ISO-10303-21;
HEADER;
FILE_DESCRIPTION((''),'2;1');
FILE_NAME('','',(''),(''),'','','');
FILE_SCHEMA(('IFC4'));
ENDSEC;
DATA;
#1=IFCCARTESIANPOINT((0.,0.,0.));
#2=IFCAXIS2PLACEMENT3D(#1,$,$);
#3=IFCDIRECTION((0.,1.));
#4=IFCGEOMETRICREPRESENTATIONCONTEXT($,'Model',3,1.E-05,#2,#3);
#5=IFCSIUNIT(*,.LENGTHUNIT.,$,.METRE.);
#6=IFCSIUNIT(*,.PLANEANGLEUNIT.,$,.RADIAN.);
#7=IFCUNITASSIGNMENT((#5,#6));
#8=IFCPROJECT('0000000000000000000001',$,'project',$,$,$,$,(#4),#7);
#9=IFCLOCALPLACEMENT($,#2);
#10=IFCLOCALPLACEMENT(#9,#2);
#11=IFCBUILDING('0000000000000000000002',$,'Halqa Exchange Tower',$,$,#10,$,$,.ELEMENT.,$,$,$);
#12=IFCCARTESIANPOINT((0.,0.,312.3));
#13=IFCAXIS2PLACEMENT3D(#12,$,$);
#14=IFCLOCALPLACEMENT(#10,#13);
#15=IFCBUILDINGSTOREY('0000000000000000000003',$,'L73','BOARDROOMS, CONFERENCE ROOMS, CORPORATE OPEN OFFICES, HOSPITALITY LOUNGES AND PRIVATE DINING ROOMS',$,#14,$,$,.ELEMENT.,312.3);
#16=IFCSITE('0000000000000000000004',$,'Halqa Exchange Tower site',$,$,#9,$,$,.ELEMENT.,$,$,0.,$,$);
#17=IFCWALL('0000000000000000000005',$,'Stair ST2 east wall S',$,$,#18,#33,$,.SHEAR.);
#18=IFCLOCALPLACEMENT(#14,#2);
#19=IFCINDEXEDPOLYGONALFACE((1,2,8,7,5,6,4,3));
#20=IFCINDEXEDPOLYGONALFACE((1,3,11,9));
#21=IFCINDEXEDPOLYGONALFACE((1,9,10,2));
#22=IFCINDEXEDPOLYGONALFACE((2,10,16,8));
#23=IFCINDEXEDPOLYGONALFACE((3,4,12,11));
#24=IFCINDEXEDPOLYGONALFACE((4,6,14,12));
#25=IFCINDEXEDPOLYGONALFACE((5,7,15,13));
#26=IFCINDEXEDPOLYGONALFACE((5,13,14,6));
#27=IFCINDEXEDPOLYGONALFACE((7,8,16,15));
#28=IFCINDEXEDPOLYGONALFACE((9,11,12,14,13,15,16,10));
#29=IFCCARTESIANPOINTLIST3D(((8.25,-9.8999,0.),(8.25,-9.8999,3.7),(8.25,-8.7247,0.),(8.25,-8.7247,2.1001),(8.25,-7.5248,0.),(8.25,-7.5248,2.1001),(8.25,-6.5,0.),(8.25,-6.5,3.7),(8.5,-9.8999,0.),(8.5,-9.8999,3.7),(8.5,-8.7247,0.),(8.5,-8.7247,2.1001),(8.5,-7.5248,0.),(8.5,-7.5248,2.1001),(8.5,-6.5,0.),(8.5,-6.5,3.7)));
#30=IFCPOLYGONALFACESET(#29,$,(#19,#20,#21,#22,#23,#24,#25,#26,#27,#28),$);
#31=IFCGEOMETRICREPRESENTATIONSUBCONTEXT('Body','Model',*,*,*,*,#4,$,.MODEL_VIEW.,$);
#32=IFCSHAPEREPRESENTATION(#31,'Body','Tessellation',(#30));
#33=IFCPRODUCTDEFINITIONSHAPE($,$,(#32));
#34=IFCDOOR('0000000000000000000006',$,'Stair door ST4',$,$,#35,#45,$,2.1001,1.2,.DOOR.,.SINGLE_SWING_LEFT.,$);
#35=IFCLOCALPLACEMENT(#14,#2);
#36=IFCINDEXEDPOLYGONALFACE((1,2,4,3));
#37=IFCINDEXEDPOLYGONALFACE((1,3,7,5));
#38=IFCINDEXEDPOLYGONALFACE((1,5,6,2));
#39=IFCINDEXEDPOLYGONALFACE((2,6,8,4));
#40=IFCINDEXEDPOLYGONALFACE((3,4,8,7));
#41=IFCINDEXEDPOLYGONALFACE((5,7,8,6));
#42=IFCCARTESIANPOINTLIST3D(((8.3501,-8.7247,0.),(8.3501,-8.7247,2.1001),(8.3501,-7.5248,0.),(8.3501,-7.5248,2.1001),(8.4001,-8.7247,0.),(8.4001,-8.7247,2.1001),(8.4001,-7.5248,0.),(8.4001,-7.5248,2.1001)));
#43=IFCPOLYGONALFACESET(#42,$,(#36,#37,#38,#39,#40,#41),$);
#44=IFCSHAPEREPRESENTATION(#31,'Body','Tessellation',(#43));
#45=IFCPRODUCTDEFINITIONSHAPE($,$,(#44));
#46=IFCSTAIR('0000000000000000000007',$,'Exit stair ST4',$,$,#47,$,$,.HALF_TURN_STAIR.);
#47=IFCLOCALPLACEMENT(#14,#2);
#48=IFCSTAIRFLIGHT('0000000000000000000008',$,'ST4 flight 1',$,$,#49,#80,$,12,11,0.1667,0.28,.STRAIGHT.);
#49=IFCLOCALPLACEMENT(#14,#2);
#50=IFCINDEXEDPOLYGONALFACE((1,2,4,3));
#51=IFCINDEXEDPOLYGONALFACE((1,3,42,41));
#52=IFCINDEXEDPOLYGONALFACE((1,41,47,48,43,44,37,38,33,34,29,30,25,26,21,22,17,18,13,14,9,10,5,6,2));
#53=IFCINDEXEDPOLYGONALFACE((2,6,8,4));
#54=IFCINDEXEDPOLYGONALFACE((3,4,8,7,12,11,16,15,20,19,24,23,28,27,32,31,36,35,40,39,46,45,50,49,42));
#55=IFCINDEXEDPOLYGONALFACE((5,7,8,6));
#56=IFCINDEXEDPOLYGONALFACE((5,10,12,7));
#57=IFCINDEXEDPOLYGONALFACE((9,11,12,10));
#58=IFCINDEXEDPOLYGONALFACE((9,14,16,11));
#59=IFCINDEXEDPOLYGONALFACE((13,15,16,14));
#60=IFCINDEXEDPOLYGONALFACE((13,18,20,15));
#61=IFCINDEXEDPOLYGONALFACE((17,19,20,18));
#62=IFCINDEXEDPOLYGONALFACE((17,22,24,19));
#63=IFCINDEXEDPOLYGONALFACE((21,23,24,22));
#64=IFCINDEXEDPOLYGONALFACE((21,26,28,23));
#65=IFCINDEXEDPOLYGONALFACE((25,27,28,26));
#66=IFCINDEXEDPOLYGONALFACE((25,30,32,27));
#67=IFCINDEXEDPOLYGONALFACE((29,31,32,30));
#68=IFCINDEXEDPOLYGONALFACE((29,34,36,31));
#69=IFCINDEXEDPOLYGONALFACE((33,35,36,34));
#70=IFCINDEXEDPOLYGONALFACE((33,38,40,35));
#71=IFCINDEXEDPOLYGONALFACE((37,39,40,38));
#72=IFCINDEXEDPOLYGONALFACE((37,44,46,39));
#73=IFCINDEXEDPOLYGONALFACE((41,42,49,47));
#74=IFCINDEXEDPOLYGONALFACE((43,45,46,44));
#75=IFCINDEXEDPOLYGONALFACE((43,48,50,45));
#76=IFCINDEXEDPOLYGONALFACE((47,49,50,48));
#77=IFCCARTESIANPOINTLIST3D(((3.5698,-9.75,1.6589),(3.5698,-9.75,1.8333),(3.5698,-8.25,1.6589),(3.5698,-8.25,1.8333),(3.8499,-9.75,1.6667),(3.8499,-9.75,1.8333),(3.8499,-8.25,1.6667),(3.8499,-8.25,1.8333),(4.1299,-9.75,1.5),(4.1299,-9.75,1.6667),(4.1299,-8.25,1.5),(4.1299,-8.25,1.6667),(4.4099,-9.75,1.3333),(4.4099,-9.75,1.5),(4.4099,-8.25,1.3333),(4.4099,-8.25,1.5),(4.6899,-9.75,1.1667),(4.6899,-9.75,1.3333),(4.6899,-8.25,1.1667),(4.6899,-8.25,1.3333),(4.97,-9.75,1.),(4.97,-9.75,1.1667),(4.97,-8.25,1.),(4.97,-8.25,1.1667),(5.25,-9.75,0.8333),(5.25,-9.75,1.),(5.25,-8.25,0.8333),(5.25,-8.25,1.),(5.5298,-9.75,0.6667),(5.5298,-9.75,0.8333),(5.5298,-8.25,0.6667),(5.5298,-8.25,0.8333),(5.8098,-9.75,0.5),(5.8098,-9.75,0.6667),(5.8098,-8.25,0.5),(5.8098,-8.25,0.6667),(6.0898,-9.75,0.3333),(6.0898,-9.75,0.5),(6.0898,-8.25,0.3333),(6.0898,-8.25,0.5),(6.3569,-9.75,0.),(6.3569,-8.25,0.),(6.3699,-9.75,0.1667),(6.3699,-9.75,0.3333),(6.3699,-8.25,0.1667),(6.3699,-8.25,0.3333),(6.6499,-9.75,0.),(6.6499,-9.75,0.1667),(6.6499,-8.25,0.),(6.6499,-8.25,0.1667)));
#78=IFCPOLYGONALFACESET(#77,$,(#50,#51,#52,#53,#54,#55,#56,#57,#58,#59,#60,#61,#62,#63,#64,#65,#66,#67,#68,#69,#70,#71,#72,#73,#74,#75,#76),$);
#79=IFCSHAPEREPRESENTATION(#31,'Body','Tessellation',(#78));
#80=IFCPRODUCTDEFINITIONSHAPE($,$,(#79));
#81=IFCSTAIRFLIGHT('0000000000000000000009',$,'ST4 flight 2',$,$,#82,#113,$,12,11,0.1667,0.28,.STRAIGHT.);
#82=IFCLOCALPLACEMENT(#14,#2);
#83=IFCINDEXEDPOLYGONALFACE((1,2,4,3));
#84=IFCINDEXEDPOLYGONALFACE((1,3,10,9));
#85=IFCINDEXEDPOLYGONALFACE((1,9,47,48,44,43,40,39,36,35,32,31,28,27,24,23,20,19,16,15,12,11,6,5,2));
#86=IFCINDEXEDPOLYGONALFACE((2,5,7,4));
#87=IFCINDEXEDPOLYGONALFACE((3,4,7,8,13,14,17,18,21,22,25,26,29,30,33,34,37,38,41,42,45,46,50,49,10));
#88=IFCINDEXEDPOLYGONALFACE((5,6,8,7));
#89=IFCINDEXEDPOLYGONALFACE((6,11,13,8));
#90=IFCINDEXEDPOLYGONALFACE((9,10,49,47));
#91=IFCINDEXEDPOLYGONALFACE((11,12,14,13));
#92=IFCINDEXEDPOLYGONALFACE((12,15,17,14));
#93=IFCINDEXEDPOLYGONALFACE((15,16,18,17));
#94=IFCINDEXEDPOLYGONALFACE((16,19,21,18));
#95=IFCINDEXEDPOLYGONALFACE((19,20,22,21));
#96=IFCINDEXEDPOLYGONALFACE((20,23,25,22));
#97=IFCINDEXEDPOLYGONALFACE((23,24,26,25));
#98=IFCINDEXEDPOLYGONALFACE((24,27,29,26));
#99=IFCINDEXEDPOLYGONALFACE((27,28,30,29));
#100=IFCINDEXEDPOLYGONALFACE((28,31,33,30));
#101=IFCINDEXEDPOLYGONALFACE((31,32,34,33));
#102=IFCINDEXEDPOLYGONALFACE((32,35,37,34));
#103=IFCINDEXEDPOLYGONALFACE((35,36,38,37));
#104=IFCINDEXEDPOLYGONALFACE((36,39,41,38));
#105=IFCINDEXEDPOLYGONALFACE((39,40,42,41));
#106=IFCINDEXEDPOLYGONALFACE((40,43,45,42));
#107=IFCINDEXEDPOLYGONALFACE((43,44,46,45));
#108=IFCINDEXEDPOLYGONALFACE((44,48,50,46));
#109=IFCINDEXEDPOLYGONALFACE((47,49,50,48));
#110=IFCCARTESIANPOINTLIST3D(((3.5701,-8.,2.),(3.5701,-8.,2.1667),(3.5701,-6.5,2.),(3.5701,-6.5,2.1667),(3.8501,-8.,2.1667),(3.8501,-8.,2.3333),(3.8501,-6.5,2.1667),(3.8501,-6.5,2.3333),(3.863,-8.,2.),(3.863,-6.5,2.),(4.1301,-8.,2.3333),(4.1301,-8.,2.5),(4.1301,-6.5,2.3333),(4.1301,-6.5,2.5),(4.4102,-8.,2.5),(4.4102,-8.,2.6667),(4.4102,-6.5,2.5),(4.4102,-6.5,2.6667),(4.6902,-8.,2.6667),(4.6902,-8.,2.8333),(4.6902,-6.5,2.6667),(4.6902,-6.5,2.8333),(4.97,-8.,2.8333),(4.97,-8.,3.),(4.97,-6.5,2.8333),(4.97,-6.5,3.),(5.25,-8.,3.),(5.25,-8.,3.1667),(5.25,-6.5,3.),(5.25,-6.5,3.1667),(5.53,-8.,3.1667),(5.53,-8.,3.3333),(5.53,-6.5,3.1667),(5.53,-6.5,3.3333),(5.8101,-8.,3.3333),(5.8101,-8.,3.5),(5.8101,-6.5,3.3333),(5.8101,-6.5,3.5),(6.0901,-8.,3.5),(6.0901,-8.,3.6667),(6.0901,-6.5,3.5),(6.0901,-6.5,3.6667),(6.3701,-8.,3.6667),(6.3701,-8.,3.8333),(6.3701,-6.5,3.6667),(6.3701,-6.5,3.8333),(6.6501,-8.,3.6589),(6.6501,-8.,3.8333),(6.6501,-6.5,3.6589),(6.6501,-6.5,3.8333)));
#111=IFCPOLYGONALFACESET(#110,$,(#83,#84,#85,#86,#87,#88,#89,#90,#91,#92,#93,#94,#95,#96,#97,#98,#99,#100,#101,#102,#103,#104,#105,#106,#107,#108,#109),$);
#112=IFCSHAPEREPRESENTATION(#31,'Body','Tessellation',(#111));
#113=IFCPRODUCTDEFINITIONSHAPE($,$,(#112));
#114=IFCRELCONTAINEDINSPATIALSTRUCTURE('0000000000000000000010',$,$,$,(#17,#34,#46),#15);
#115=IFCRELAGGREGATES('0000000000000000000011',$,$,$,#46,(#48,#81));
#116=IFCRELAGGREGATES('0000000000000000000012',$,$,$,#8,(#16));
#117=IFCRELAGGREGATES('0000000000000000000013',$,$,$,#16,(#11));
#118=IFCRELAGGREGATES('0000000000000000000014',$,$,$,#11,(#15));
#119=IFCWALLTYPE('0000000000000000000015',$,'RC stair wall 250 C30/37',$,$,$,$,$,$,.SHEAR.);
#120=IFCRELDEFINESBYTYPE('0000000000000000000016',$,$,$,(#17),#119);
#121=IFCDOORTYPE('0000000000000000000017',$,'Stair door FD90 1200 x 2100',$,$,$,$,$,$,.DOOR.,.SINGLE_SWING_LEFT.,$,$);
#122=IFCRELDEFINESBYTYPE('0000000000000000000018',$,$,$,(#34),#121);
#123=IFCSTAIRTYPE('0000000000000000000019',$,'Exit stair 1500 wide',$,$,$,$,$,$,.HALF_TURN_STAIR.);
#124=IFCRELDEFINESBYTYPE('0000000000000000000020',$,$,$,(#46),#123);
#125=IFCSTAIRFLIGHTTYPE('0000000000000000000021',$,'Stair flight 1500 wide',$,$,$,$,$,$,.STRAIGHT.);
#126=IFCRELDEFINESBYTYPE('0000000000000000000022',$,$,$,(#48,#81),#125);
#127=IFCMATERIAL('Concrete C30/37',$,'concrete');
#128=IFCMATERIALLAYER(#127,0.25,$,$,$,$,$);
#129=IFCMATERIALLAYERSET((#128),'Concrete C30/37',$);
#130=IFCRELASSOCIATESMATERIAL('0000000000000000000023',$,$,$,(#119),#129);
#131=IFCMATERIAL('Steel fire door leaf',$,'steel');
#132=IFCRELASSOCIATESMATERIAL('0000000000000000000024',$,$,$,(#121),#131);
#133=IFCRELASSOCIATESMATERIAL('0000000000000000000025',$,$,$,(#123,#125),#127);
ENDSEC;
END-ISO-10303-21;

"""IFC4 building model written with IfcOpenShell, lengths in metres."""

from ifc_helpers import new_model, si_unit, direction, frame, frame_2d, origin, place, context, subcontext, project, spatial, polyline, rectangle, outline, extrude, material, layer, layer_set, type_object, element, fill, aggregate, save


model = new_model("IFC4")

# Units and contexts
model_context = context("Model", 3, precision=1e-05, world=origin(), true_north=direction((0.0, 1.0)))
body_context = subcontext(model_context, "Body", "Model", "MODEL_VIEW")
ifc_project = project(units=[si_unit("LENGTHUNIT", "METRE"), si_unit("PLANEANGLEUNIT", "RADIAN")], contexts=[model_context])

# Site, building, storey
site_placement = place(None, origin())
site = spatial("IfcSite", under=ifc_project, at=site_placement, Name="Halqa Exchange Tower site", CompositionType="ELEMENT", RefElevation=0.0)
building_placement = place(site_placement, origin())
building = spatial("IfcBuilding", under=site, at=building_placement, Name="Halqa Exchange Tower", CompositionType="ELEMENT")
storey_placement = place(building_placement, frame((0.0, 0.0, 312.3)))
storey = spatial("IfcBuildingStorey", under=building, at=storey_placement, Name="L73", Description="BOARDROOMS, CONFERENCE ROOMS, CORPORATE OPEN OFFICES, HOSPITALITY LOUNGES AND PRIVATE DINING ROOMS", CompositionType="ELEMENT", Elevation=312.3)

# Shared definitions
ifc_material_1 = material(Name="Concrete C30/37", Category="concrete")

# Wall, opening, door
ifc_layer_1 = layer(ifc_material_1, 0.25)
ifc_layer_set_1 = layer_set([ifc_layer_1], Name="Concrete C30/37")
wall_type_1 = type_object("IfcWallType", Name="RC stair wall 250 C30/37", PredefinedType="SHEAR", material=ifc_layer_set_1)
wall_1_placement = place(storey_placement, frame((8.375, -9.8999, 0.0), z_axis=(0.0, 0.0, 1.0), x_axis=(0.0, 1.0, 0.0)))
wall_1 = element("IfcWall", 1, at=wall_1_placement, inside=storey, type_object=wall_type_1, Name="Stair ST2 east wall S", PredefinedType="SHEAR", context=body_context, shape_type="SweptSolid", body=[
    extrude(rectangle(XDim=3.3999, YDim=0.25, at=frame_2d((1.7, 0.0))), origin(), (0.0, 0.0, 1.0), 3.7),
])
opening_placement = place(wall_1_placement, frame((1.175, 0.0, 0.0)))
opening = element("IfcOpeningElement", 2, at=opening_placement, cuts=wall_1, PredefinedType="OPENING", context=body_context, shape_type="SweptSolid", body=[
    extrude(rectangle(XDim=1.2, YDim=2.1001, at=frame_2d((0.6001, 1.05))), frame((0.0, 0.137, 0.0), z_axis=(0.0, -1.0, 0.0), x_axis=(1.0, 0.0, 0.0)), (0.0, 0.0, 1.0), 0.2739),
])
ifc_material_2 = material(Name="Steel fire door leaf", Category="steel")
door_type = type_object("IfcDoorType", Name="Stair door FD90 1200 x 2100", OperationType="SINGLE_SWING_LEFT", PredefinedType="DOOR", material=ifc_material_2)
door_placement = place(opening_placement, origin())
door = element("IfcDoor", 3, at=door_placement, inside=storey, type_object=door_type, Name="Stair door ST4", OperationType="SINGLE_SWING_LEFT", OverallHeight=2.1001, OverallWidth=1.2, PredefinedType="DOOR", context=body_context, shape_type="SweptSolid", body=[
    extrude(rectangle(XDim=1.2, YDim=2.1001, at=frame_2d((0.6001, 1.05))), frame((0.0, 0.0249, 0.0), z_axis=(0.0, -1.0, 0.0), x_axis=(1.0, 0.0, 0.0)), (0.0, 0.0, 1.0), 0.05),
])
fill(opening, door)

# Stair, stair flights
stair_type = type_object("IfcStairType", Name="Exit stair 1500 wide", PredefinedType="HALF_TURN_STAIR", material=ifc_material_1)
stair_placement = place(storey_placement, origin())
stair = element("IfcStair", 4, at=stair_placement, inside=storey, type_object=stair_type, Name="Exit stair ST4", PredefinedType="HALF_TURN_STAIR")
stair_flight_type = type_object("IfcStairFlightType", Name="Stair flight 1500 wide", PredefinedType="STRAIGHT", material=ifc_material_1)
stair_flight_1_placement = place(storey_placement, frame((6.6499, -9.0, 0.0), z_axis=(0.0, 0.0, 1.0), x_axis=(-1.0, 0.0, 0.0)))
stair_flight_1 = element("IfcStairFlight", 5, at=stair_flight_1_placement, type_object=stair_flight_type, Name="ST4 flight 1", NumberOfRisers=12, NumberOfTreads=11, PredefinedType="STRAIGHT", RiserHeight=0.1667, TreadLength=0.28, context=body_context, shape_type="SweptSolid", body=[
    extrude(outline(polyline([(0.0, 0.0), (0.0, 0.1667), (0.28, 0.1667), (0.28, 0.3333), (0.5601, 0.3333), (0.5601, 0.5), (0.8401, 0.5), (0.8401, 0.6667), (1.1201, 0.6667), (1.1201, 0.8333), (1.3999, 0.8333), (1.3999, 1.0), (1.6799, 1.0), (1.6799, 1.1667), (1.96, 1.1667), (1.96, 1.3333), (2.24, 1.3333), (2.24, 1.5), (2.52, 1.5), (2.52, 1.6667), (2.8, 1.6667), (2.8, 1.8333), (3.0801, 1.8333), (3.0801, 2.0), (3.0801, 1.6589), (0.293, 0.0), (0.0, 0.0)])), frame((0.0, 0.75, 0.0), z_axis=(0.0, -1.0, 0.0), x_axis=(1.0, 0.0, 0.0)), (0.0, 0.0, 1.0), 1.5),
])
stair_flight_2_placement = place(storey_placement, frame((3.5701, -7.25, 2.0), z_axis=(0.0, 0.0, 1.0), x_axis=(1.0, 0.0, 0.0)))
stair_flight_2 = element("IfcStairFlight", 6, at=stair_flight_2_placement, type_object=stair_flight_type, Name="ST4 flight 2", NumberOfRisers=12, NumberOfTreads=11, PredefinedType="STRAIGHT", RiserHeight=0.1667, TreadLength=0.28, context=body_context, shape_type="SweptSolid", body=[
    extrude(outline(polyline([(0.0, 0.0), (0.0, 0.1667), (0.28, 0.1667), (0.28, 0.3333), (0.5601, 0.3333), (0.5601, 0.5), (0.8401, 0.5), (0.8401, 0.6667), (1.1201, 0.6667), (1.1201, 0.8333), (1.3999, 0.8333), (1.3999, 1.0), (1.6799, 1.0), (1.6799, 1.1667), (1.96, 1.1667), (1.96, 1.3333), (2.24, 1.3333), (2.24, 1.5), (2.52, 1.5), (2.52, 1.6667), (2.8, 1.6667), (2.8, 1.8333), (3.0801, 1.8333), (3.0801, 2.0), (3.0801, 1.6589), (0.293, 0.0), (0.0, 0.0)])), frame((0.0, 0.75, 0.0), z_axis=(0.0, -1.0, 0.0), x_axis=(1.0, 0.0, 0.0)), (0.0, 0.0, 1.0), 1.5),
])
aggregate(stair, [stair_flight_1, stair_flight_2])

save(model, "model.ifc")
